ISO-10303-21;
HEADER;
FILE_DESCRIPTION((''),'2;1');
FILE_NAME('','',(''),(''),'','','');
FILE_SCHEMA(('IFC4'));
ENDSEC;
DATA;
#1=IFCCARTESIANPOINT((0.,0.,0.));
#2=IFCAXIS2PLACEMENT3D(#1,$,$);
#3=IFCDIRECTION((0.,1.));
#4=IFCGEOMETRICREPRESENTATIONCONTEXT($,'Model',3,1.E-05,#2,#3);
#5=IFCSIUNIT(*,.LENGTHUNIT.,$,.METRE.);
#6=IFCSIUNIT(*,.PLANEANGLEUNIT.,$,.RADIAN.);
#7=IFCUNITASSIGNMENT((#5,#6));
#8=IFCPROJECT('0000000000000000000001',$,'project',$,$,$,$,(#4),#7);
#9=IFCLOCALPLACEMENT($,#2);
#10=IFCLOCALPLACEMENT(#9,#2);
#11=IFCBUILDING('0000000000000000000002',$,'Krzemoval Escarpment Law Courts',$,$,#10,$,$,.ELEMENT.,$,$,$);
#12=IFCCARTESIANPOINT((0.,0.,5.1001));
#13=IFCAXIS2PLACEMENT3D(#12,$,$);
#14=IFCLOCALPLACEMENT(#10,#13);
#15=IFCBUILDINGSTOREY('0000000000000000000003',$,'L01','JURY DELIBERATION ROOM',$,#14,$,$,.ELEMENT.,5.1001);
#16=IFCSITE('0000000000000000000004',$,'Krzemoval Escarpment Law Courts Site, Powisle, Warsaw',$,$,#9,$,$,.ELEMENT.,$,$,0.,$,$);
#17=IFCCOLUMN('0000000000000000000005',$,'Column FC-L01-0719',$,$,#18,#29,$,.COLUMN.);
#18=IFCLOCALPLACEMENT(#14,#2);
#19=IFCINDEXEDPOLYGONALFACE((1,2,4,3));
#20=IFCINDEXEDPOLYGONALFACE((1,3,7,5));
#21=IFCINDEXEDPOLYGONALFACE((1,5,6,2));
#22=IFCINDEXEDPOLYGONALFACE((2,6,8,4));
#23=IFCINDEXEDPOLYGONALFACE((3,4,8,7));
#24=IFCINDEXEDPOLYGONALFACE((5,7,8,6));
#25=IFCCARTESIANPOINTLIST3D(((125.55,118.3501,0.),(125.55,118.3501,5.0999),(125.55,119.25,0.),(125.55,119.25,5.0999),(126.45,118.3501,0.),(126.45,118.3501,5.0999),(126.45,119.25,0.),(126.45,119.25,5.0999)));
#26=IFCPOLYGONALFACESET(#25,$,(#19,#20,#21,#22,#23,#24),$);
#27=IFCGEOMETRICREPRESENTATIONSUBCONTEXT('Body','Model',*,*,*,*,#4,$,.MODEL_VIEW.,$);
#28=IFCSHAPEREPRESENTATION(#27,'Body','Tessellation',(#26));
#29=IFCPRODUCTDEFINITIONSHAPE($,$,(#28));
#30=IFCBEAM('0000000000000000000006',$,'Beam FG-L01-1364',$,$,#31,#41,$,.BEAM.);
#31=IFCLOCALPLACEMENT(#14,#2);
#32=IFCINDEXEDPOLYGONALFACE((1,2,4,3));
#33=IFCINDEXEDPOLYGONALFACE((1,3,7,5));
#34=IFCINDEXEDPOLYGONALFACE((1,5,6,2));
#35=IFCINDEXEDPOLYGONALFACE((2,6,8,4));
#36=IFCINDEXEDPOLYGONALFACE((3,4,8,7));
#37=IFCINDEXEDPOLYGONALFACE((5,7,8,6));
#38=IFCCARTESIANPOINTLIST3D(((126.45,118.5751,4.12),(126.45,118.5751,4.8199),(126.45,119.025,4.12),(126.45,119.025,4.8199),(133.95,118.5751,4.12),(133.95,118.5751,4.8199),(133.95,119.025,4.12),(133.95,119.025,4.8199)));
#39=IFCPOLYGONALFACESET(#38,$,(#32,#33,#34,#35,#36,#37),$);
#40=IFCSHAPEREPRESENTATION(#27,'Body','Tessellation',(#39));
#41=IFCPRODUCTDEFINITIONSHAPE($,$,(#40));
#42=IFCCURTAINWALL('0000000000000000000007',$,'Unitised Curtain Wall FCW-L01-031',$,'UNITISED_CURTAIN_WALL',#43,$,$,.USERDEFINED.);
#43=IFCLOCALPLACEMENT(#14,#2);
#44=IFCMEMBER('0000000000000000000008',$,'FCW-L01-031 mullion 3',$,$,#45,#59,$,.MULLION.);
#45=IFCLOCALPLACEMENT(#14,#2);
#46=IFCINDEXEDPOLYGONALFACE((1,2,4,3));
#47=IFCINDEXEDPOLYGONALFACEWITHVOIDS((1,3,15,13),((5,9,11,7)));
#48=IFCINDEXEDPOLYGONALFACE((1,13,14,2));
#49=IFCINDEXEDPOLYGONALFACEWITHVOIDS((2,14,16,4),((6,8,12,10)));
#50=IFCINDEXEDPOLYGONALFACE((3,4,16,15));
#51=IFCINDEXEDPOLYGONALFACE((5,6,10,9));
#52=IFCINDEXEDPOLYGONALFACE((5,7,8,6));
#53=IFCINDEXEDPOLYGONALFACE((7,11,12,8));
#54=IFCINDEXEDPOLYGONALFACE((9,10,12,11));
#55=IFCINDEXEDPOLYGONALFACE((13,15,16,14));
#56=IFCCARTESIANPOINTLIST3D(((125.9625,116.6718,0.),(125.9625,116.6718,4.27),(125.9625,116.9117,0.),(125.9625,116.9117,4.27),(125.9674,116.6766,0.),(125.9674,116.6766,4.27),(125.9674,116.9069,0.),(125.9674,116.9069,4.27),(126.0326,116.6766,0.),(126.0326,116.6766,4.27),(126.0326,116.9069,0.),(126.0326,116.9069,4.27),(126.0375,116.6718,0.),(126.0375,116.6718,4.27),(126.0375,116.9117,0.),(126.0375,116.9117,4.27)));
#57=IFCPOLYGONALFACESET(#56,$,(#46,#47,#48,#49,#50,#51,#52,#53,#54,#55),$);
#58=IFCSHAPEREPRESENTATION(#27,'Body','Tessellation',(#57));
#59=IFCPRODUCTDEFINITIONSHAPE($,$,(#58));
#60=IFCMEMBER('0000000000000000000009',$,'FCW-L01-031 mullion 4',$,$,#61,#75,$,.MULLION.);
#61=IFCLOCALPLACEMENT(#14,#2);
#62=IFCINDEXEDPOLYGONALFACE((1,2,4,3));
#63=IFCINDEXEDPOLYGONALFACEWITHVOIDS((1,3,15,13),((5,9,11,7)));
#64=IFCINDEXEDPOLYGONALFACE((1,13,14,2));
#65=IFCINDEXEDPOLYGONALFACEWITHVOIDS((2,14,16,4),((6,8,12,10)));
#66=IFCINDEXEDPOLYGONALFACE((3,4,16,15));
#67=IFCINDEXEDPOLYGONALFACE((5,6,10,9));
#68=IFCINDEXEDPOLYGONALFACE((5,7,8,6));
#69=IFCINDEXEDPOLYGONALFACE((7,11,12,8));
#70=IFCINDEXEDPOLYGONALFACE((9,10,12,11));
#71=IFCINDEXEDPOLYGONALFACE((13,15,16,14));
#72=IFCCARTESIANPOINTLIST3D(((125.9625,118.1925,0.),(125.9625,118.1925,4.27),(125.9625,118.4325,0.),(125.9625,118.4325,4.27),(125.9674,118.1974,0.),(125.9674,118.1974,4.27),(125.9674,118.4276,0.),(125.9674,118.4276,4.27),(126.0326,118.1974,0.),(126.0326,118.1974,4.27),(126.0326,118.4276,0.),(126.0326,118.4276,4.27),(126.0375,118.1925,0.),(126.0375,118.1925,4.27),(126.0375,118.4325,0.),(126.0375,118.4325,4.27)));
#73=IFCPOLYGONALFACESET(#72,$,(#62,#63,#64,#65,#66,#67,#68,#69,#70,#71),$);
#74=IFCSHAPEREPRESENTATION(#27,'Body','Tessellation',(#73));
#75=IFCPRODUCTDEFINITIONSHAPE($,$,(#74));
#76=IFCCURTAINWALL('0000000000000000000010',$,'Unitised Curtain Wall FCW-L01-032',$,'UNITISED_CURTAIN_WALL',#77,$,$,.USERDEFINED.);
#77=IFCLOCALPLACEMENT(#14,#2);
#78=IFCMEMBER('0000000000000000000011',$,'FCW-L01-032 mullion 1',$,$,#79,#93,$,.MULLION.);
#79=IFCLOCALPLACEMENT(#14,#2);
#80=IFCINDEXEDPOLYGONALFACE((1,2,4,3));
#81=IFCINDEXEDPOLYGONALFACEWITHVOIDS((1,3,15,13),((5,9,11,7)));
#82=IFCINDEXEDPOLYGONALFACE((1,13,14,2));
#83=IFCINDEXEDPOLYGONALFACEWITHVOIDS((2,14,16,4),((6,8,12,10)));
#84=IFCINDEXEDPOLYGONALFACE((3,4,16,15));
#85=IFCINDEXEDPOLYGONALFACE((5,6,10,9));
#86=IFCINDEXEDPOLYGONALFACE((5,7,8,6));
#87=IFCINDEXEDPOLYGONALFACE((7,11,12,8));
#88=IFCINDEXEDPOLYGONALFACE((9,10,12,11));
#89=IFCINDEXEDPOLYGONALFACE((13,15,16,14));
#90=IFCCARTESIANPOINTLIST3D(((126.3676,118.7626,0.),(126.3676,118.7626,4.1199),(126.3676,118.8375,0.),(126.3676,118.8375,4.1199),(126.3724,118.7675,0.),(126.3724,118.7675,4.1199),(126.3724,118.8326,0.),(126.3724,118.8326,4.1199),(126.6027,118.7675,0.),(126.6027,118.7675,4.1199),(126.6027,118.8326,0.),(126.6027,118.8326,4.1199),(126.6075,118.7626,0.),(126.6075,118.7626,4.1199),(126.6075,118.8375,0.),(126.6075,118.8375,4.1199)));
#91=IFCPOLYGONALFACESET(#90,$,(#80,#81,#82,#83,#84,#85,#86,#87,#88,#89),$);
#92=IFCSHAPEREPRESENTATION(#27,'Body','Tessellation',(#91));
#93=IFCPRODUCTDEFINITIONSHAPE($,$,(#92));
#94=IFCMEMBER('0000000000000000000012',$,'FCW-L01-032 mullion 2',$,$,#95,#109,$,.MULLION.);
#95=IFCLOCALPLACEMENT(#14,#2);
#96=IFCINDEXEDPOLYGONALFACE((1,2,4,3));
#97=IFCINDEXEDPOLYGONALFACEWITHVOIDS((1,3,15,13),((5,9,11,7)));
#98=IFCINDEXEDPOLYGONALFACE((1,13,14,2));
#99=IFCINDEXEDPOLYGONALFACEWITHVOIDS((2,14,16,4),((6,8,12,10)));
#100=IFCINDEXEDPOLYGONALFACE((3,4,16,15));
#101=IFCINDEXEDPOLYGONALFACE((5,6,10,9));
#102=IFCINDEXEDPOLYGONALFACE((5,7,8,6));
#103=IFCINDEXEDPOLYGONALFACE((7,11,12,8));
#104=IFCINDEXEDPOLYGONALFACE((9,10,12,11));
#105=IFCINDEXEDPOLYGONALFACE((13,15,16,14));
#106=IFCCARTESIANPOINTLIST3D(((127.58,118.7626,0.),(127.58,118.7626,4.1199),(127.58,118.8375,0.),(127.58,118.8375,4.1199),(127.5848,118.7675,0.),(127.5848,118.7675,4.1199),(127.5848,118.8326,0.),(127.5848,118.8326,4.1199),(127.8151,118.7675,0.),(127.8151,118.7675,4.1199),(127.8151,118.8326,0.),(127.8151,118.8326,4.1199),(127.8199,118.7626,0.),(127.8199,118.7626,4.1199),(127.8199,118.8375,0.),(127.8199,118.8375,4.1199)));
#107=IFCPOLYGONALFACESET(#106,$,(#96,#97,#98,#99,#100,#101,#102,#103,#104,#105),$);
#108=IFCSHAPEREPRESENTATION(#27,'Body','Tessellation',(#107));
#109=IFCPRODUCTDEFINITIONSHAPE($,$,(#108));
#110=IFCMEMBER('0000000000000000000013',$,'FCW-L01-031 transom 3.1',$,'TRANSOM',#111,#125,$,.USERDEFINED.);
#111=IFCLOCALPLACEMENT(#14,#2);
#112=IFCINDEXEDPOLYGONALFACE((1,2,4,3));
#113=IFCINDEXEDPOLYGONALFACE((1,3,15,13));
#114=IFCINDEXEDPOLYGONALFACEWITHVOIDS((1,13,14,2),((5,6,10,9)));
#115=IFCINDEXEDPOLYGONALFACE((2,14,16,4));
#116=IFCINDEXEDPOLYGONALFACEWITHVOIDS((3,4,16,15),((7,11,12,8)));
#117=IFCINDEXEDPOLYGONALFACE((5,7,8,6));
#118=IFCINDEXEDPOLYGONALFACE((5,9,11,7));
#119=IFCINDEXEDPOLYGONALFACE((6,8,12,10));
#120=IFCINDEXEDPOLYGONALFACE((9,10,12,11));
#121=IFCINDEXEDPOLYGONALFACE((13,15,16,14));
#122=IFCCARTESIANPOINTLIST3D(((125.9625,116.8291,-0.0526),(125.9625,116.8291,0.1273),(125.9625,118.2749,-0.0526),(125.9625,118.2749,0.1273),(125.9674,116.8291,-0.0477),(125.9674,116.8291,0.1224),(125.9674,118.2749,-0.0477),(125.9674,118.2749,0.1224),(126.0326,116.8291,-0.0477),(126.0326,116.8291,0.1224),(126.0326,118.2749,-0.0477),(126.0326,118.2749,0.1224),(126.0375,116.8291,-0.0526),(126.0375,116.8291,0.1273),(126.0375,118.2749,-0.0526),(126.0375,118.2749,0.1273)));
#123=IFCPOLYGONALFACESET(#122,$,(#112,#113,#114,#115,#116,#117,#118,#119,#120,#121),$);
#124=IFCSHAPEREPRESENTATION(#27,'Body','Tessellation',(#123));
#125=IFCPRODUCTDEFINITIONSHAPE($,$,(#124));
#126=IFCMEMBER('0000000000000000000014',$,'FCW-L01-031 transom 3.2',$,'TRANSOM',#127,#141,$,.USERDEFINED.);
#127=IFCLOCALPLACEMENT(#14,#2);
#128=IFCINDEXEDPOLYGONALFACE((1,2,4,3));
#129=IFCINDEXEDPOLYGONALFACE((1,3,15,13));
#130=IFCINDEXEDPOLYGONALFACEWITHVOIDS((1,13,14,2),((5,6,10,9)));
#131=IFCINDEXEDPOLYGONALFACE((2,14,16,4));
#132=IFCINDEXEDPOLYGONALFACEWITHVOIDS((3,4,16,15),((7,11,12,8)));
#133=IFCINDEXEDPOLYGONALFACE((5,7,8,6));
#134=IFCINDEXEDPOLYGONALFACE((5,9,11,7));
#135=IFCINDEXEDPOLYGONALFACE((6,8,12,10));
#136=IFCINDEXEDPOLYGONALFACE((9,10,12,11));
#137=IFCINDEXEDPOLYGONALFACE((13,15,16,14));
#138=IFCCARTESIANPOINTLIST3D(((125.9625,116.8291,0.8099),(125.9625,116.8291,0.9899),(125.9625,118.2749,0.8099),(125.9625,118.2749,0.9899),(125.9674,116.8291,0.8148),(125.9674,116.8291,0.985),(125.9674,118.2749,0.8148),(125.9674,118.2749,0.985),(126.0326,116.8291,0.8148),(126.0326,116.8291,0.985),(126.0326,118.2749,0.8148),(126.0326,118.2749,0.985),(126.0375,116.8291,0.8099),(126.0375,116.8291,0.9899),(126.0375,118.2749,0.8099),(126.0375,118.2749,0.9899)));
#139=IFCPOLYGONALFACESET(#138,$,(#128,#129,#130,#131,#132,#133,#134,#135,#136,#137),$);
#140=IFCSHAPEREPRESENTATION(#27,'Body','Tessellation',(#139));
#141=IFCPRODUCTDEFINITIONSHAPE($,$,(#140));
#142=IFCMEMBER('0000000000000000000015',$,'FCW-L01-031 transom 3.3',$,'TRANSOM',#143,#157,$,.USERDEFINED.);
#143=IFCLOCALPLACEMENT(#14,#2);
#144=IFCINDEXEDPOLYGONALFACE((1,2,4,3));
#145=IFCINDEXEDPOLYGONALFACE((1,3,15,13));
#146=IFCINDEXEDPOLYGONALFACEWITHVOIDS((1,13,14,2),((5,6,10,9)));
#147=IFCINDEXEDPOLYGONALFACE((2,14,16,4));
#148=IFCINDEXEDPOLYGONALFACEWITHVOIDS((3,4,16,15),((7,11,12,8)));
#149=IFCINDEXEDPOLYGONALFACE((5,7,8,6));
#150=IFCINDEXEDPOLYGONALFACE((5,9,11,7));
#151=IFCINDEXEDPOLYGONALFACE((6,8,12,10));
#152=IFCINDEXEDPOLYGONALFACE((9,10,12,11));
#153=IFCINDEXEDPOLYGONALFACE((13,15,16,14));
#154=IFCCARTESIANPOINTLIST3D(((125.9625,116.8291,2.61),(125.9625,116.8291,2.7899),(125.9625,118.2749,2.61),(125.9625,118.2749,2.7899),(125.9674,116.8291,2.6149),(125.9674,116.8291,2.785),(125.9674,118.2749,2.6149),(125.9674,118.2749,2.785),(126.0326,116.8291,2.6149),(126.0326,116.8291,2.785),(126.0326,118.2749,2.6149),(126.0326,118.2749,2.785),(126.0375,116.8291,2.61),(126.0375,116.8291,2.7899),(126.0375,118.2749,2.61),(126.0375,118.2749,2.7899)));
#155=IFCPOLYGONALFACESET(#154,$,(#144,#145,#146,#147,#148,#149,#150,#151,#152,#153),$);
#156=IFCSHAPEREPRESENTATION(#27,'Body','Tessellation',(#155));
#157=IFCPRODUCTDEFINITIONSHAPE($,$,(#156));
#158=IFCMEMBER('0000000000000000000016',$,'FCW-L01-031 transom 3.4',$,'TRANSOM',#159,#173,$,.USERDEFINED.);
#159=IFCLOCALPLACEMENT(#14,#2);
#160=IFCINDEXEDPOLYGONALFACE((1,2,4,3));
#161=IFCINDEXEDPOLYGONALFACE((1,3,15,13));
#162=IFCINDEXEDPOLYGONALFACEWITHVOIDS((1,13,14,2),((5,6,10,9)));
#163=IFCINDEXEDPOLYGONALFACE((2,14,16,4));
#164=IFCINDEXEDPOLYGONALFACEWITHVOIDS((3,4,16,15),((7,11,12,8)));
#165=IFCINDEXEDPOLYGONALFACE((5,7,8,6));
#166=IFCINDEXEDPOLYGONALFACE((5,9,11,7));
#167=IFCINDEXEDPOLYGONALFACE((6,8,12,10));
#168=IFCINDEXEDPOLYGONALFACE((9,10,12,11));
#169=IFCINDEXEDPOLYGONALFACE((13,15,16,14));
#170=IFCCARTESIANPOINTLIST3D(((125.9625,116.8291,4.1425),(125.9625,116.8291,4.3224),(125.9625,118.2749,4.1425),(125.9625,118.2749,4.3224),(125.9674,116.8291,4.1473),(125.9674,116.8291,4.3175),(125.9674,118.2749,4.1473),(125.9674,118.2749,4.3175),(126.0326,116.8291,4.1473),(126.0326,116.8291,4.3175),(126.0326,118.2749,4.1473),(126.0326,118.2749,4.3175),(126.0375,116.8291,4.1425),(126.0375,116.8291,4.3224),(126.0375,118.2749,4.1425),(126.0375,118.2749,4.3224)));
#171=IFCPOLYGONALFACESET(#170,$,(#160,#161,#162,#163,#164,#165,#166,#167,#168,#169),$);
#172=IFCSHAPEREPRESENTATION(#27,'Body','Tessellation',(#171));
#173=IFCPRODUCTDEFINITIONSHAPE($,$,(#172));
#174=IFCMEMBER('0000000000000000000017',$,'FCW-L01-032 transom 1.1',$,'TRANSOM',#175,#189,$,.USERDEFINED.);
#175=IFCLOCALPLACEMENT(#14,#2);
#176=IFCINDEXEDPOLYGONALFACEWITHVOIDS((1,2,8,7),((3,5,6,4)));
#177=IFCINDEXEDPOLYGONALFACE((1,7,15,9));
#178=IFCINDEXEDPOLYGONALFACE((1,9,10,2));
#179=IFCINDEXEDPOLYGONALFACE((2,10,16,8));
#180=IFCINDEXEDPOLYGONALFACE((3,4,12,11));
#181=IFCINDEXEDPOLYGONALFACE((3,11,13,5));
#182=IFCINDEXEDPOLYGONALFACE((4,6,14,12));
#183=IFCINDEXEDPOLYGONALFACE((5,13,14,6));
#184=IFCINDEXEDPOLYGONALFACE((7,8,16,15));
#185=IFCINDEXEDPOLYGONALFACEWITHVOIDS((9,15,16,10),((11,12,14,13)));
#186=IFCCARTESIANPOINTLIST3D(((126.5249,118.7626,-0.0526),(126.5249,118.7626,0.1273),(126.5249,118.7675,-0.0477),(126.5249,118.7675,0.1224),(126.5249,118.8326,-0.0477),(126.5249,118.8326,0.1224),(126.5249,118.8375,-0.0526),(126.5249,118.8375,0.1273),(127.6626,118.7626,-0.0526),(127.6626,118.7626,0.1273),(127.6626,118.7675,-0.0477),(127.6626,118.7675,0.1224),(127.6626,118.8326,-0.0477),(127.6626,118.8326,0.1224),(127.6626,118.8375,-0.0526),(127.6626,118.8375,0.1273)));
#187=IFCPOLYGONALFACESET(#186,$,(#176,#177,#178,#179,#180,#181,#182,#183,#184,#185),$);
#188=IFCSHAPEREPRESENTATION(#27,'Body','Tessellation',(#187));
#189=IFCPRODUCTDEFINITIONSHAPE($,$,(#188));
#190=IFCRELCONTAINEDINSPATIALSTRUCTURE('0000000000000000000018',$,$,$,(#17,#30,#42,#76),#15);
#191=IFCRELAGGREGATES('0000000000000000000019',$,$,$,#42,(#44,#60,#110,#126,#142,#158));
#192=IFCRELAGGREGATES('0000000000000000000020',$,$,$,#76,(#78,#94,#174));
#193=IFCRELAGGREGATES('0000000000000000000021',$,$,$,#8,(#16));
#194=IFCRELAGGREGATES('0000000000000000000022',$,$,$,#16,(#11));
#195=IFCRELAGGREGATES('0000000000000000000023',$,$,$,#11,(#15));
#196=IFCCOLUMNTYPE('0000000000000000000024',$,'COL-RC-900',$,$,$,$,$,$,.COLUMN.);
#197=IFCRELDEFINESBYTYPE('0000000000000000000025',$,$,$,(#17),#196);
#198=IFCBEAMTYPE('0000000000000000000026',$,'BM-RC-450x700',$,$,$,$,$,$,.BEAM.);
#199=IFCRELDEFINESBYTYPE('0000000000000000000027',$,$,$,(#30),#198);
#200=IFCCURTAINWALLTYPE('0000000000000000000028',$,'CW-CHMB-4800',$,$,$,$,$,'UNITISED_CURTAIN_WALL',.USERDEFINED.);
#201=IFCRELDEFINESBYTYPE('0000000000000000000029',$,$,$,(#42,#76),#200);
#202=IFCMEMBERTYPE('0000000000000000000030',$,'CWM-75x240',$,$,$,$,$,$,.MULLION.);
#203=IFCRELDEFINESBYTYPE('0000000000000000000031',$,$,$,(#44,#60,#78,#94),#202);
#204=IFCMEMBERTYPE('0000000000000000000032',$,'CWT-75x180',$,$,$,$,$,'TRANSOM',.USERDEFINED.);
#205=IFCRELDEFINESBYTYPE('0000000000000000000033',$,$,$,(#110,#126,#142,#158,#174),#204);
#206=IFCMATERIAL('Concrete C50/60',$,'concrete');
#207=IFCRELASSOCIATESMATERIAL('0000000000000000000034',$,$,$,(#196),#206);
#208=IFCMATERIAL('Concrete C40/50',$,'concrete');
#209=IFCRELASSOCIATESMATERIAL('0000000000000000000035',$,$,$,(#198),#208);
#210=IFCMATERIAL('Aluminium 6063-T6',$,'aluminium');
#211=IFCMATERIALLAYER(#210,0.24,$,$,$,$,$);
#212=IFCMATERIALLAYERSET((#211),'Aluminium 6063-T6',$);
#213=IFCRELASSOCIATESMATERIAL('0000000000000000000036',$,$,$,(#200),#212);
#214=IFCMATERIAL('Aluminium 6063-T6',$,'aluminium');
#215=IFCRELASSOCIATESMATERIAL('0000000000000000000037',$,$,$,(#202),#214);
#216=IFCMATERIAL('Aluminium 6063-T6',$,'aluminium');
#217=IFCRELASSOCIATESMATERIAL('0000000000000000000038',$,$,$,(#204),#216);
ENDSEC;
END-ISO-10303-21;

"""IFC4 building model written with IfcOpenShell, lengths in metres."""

from ifc_helpers import new_model, si_unit, direction, frame, origin, origin_2d, place, context, subcontext, project, spatial, rectangle, hollow_rectangle, extrude, material, layer, layer_set, material_profile, profile_set, type_object, element, aggregate, save


model = new_model("IFC4")

# Units and contexts
model_context = context("Model", 3, precision=1e-05, world=origin(), true_north=direction((0.0, 1.0)))
body_context = subcontext(model_context, "Body", "Model", "MODEL_VIEW")
ifc_project = project(units=[si_unit("LENGTHUNIT", "METRE"), si_unit("PLANEANGLEUNIT", "RADIAN")], contexts=[model_context])

# Site, building, storey
site_placement = place(None, origin())
site = spatial("IfcSite", under=ifc_project, at=site_placement, Name="Krzemoval Escarpment Law Courts Site, Powisle, Warsaw", CompositionType="ELEMENT", RefElevation=0.0)
building_placement = place(site_placement, origin())
building = spatial("IfcBuilding", under=site, at=building_placement, Name="Krzemoval Escarpment Law Courts", CompositionType="ELEMENT")
storey_placement = place(building_placement, frame((0.0, 0.0, 5.1001)))
storey = spatial("IfcBuildingStorey", under=building, at=storey_placement, Name="L01", Description="JURY DELIBERATION ROOM", CompositionType="ELEMENT", Elevation=5.1001)

# Column
ifc_material_1 = material(Name="Concrete C50/60", Category="concrete")
ifc_material_profile_1 = material_profile(ifc_material_1, rectangle(XDim=0.8999, YDim=0.8999, at=origin_2d()), Name="RC 900x900")
ifc_profile_set_1 = profile_set([ifc_material_profile_1], Name="Concrete C50/60")
column_type = type_object("IfcColumnType", Name="COL-RC-900", PredefinedType="COLUMN", material=ifc_profile_set_1)
column_placement = place(storey_placement, frame((126.0, 118.8, 0.0), z_axis=(0.0, 0.0, 1.0), x_axis=(1.0, 0.0, 0.0)))
element("IfcColumn", 1, at=column_placement, inside=storey, type_object=column_type, Name="Column FC-L01-0719", PredefinedType="COLUMN", context=body_context, shape_type="SweptSolid", body=[
    extrude(rectangle(XDim=0.8999, YDim=0.8999, at=origin_2d()), origin(), (0.0, 0.0, 1.0), 5.0999),
])

# Beam
ifc_material_2 = material(Name="Concrete C40/50", Category="concrete")
ifc_material_profile_2 = material_profile(ifc_material_2, rectangle(XDim=0.45, YDim=0.7, at=origin_2d()), Name="RCB 450x700")
ifc_profile_set_2 = profile_set([ifc_material_profile_2], Name="Concrete C40/50")
beam_type = type_object("IfcBeamType", Name="BM-RC-450x700", PredefinedType="BEAM", material=ifc_profile_set_2)
beam_placement = place(storey_placement, frame((126.45, 118.8, 4.47), z_axis=(1.0, 0.0, 0.0), x_axis=(0.0, 1.0, 0.0)))
element("IfcBeam", 2, at=beam_placement, inside=storey, type_object=beam_type, Name="Beam FG-L01-1364", PredefinedType="BEAM", context=body_context, shape_type="SweptSolid", body=[
    extrude(rectangle(XDim=0.45, YDim=0.7, at=origin_2d()), origin(), (0.0, 0.0, 1.0), 7.5),
])

# Curtain walls, members
ifc_material_3 = material(Name="Aluminium 6063-T6", Category="aluminium")
ifc_layer_1 = layer(ifc_material_3, 0.24)
ifc_layer_set_1 = layer_set([ifc_layer_1], Name="Aluminium 6063-T6")
curtain_wall_type = type_object("IfcCurtainWallType", Name="CW-CHMB-4800", ElementType="UNITISED_CURTAIN_WALL", PredefinedType="USERDEFINED", material=ifc_layer_set_1)
curtain_wall_1_placement = place(storey_placement, origin())
curtain_wall_1 = element("IfcCurtainWall", 3, at=curtain_wall_1_placement, inside=storey, type_object=curtain_wall_type, Name="Unitised Curtain Wall FCW-L01-031", ObjectType="UNITISED_CURTAIN_WALL", PredefinedType="USERDEFINED")
ifc_material_4 = material(Name="Aluminium 6063-T6", Category="aluminium")
ifc_material_profile_3 = material_profile(ifc_material_4, hollow_rectangle(XDim=0.075, YDim=0.24, WallThickness=0.0049, at=origin_2d()), Name="ALU M75x240")
ifc_profile_set_3 = profile_set([ifc_material_profile_3], Name="Aluminium 6063-T6")
member_type_1 = type_object("IfcMemberType", Name="CWM-75x240", PredefinedType="MULLION", material=ifc_profile_set_3)
member_1_placement = place(storey_placement, frame((126.0, 116.7917, 0.0), z_axis=(0.0, 0.0, 1.0), x_axis=(-1.0, 0.0, 0.0)))
member_1 = element("IfcMember", 4, at=member_1_placement, type_object=member_type_1, Name="FCW-L01-031 mullion 3", PredefinedType="MULLION", context=body_context, shape_type="SweptSolid", body=[
    extrude(hollow_rectangle(XDim=0.075, YDim=0.24, WallThickness=0.0049, at=origin_2d()), origin(), (0.0, 0.0, 1.0), 4.27),
])
member_2_placement = place(storey_placement, frame((126.0, 118.3125, 0.0), z_axis=(0.0, 0.0, 1.0), x_axis=(-1.0, 0.0, 0.0)))
member_2 = element("IfcMember", 5, at=member_2_placement, type_object=member_type_1, Name="FCW-L01-031 mullion 4", PredefinedType="MULLION", context=body_context, shape_type="SweptSolid", body=[
    extrude(hollow_rectangle(XDim=0.075, YDim=0.24, WallThickness=0.0049, at=origin_2d()), origin(), (0.0, 0.0, 1.0), 4.27),
])
curtain_wall_2_placement = place(storey_placement, origin())
curtain_wall_2 = element("IfcCurtainWall", 6, at=curtain_wall_2_placement, inside=storey, type_object=curtain_wall_type, Name="Unitised Curtain Wall FCW-L01-032", ObjectType="UNITISED_CURTAIN_WALL", PredefinedType="USERDEFINED")
member_3_placement = place(storey_placement, frame((126.4875, 118.8, 0.0), z_axis=(0.0, 0.0, 1.0), x_axis=(0.0, 1.0, 0.0)))
member_3 = element("IfcMember", 7, at=member_3_placement, type_object=member_type_1, Name="FCW-L01-032 mullion 1", PredefinedType="MULLION", context=body_context, shape_type="SweptSolid", body=[
    extrude(hollow_rectangle(XDim=0.075, YDim=0.24, WallThickness=0.0049, at=origin_2d()), origin(), (0.0, 0.0, 1.0), 4.1199),
])
member_4_placement = place(storey_placement, frame((127.7, 118.8, 0.0), z_axis=(0.0, 0.0, 1.0), x_axis=(0.0, 1.0, 0.0)))
member_4 = element("IfcMember", 8, at=member_4_placement, type_object=member_type_1, Name="FCW-L01-032 mullion 2", PredefinedType="MULLION", context=body_context, shape_type="SweptSolid", body=[
    extrude(hollow_rectangle(XDim=0.075, YDim=0.24, WallThickness=0.0049, at=origin_2d()), origin(), (0.0, 0.0, 1.0), 4.1199),
])

# Members
ifc_material_5 = material(Name="Aluminium 6063-T6", Category="aluminium")
ifc_material_profile_4 = material_profile(ifc_material_5, hollow_rectangle(XDim=0.075, YDim=0.1799, WallThickness=0.0049, at=origin_2d()), Name="ALU T75x180")
ifc_profile_set_4 = profile_set([ifc_material_profile_4], Name="Aluminium 6063-T6")
member_type_2 = type_object("IfcMemberType", Name="CWT-75x180", ElementType="TRANSOM", PredefinedType="USERDEFINED", material=ifc_profile_set_4)
member_5_placement = place(storey_placement, frame((126.0, 116.8291, 0.0374), z_axis=(0.0, 1.0, 0.0), x_axis=(-1.0, 0.0, 0.0)))
member_5 = element("IfcMember", 9, at=member_5_placement, type_object=member_type_2, Name="FCW-L01-031 transom 3.1", ObjectType="TRANSOM", PredefinedType="USERDEFINED", context=body_context, shape_type="SweptSolid", body=[
    extrude(hollow_rectangle(XDim=0.075, YDim=0.1799, WallThickness=0.0049, at=origin_2d()), origin(), (0.0, 0.0, 1.0), 1.4458),
])
member_6_placement = place(storey_placement, frame((126.0, 116.8291, 0.8999), z_axis=(0.0, 1.0, 0.0), x_axis=(-1.0, 0.0, 0.0)))
member_6 = element("IfcMember", 10, at=member_6_placement, type_object=member_type_2, Name="FCW-L01-031 transom 3.2", ObjectType="TRANSOM", PredefinedType="USERDEFINED", context=body_context, shape_type="SweptSolid", body=[
    extrude(hollow_rectangle(XDim=0.075, YDim=0.1799, WallThickness=0.0049, at=origin_2d()), origin(), (0.0, 0.0, 1.0), 1.4458),
])
member_7_placement = place(storey_placement, frame((126.0, 116.8291, 2.7), z_axis=(0.0, 1.0, 0.0), x_axis=(-1.0, 0.0, 0.0)))
member_7 = element("IfcMember", 11, at=member_7_placement, type_object=member_type_2, Name="FCW-L01-031 transom 3.3", ObjectType="TRANSOM", PredefinedType="USERDEFINED", context=body_context, shape_type="SweptSolid", body=[
    extrude(hollow_rectangle(XDim=0.075, YDim=0.1799, WallThickness=0.0049, at=origin_2d()), origin(), (0.0, 0.0, 1.0), 1.4458),
])
member_8_placement = place(storey_placement, frame((126.0, 116.8291, 4.2324), z_axis=(0.0, 1.0, 0.0), x_axis=(-1.0, 0.0, 0.0)))
member_8 = element("IfcMember", 12, at=member_8_placement, type_object=member_type_2, Name="FCW-L01-031 transom 3.4", ObjectType="TRANSOM", PredefinedType="USERDEFINED", context=body_context, shape_type="SweptSolid", body=[
    extrude(hollow_rectangle(XDim=0.075, YDim=0.1799, WallThickness=0.0049, at=origin_2d()), origin(), (0.0, 0.0, 1.0), 1.4458),
])
member_9_placement = place(storey_placement, frame((126.5249, 118.8, 0.0374), z_axis=(1.0, 0.0, 0.0), x_axis=(0.0, 1.0, 0.0)))
member_9 = element("IfcMember", 13, at=member_9_placement, type_object=member_type_2, Name="FCW-L01-032 transom 1.1", ObjectType="TRANSOM", PredefinedType="USERDEFINED", context=body_context, shape_type="SweptSolid", body=[
    extrude(hollow_rectangle(XDim=0.075, YDim=0.1799, WallThickness=0.0049, at=origin_2d()), origin(), (0.0, 0.0, 1.0), 1.1377),
])

aggregate(curtain_wall_1, [member_1, member_2, member_5, member_6, member_7, member_8])
aggregate(curtain_wall_2, [member_3, member_4, member_9])

save(model, "model.ifc")
